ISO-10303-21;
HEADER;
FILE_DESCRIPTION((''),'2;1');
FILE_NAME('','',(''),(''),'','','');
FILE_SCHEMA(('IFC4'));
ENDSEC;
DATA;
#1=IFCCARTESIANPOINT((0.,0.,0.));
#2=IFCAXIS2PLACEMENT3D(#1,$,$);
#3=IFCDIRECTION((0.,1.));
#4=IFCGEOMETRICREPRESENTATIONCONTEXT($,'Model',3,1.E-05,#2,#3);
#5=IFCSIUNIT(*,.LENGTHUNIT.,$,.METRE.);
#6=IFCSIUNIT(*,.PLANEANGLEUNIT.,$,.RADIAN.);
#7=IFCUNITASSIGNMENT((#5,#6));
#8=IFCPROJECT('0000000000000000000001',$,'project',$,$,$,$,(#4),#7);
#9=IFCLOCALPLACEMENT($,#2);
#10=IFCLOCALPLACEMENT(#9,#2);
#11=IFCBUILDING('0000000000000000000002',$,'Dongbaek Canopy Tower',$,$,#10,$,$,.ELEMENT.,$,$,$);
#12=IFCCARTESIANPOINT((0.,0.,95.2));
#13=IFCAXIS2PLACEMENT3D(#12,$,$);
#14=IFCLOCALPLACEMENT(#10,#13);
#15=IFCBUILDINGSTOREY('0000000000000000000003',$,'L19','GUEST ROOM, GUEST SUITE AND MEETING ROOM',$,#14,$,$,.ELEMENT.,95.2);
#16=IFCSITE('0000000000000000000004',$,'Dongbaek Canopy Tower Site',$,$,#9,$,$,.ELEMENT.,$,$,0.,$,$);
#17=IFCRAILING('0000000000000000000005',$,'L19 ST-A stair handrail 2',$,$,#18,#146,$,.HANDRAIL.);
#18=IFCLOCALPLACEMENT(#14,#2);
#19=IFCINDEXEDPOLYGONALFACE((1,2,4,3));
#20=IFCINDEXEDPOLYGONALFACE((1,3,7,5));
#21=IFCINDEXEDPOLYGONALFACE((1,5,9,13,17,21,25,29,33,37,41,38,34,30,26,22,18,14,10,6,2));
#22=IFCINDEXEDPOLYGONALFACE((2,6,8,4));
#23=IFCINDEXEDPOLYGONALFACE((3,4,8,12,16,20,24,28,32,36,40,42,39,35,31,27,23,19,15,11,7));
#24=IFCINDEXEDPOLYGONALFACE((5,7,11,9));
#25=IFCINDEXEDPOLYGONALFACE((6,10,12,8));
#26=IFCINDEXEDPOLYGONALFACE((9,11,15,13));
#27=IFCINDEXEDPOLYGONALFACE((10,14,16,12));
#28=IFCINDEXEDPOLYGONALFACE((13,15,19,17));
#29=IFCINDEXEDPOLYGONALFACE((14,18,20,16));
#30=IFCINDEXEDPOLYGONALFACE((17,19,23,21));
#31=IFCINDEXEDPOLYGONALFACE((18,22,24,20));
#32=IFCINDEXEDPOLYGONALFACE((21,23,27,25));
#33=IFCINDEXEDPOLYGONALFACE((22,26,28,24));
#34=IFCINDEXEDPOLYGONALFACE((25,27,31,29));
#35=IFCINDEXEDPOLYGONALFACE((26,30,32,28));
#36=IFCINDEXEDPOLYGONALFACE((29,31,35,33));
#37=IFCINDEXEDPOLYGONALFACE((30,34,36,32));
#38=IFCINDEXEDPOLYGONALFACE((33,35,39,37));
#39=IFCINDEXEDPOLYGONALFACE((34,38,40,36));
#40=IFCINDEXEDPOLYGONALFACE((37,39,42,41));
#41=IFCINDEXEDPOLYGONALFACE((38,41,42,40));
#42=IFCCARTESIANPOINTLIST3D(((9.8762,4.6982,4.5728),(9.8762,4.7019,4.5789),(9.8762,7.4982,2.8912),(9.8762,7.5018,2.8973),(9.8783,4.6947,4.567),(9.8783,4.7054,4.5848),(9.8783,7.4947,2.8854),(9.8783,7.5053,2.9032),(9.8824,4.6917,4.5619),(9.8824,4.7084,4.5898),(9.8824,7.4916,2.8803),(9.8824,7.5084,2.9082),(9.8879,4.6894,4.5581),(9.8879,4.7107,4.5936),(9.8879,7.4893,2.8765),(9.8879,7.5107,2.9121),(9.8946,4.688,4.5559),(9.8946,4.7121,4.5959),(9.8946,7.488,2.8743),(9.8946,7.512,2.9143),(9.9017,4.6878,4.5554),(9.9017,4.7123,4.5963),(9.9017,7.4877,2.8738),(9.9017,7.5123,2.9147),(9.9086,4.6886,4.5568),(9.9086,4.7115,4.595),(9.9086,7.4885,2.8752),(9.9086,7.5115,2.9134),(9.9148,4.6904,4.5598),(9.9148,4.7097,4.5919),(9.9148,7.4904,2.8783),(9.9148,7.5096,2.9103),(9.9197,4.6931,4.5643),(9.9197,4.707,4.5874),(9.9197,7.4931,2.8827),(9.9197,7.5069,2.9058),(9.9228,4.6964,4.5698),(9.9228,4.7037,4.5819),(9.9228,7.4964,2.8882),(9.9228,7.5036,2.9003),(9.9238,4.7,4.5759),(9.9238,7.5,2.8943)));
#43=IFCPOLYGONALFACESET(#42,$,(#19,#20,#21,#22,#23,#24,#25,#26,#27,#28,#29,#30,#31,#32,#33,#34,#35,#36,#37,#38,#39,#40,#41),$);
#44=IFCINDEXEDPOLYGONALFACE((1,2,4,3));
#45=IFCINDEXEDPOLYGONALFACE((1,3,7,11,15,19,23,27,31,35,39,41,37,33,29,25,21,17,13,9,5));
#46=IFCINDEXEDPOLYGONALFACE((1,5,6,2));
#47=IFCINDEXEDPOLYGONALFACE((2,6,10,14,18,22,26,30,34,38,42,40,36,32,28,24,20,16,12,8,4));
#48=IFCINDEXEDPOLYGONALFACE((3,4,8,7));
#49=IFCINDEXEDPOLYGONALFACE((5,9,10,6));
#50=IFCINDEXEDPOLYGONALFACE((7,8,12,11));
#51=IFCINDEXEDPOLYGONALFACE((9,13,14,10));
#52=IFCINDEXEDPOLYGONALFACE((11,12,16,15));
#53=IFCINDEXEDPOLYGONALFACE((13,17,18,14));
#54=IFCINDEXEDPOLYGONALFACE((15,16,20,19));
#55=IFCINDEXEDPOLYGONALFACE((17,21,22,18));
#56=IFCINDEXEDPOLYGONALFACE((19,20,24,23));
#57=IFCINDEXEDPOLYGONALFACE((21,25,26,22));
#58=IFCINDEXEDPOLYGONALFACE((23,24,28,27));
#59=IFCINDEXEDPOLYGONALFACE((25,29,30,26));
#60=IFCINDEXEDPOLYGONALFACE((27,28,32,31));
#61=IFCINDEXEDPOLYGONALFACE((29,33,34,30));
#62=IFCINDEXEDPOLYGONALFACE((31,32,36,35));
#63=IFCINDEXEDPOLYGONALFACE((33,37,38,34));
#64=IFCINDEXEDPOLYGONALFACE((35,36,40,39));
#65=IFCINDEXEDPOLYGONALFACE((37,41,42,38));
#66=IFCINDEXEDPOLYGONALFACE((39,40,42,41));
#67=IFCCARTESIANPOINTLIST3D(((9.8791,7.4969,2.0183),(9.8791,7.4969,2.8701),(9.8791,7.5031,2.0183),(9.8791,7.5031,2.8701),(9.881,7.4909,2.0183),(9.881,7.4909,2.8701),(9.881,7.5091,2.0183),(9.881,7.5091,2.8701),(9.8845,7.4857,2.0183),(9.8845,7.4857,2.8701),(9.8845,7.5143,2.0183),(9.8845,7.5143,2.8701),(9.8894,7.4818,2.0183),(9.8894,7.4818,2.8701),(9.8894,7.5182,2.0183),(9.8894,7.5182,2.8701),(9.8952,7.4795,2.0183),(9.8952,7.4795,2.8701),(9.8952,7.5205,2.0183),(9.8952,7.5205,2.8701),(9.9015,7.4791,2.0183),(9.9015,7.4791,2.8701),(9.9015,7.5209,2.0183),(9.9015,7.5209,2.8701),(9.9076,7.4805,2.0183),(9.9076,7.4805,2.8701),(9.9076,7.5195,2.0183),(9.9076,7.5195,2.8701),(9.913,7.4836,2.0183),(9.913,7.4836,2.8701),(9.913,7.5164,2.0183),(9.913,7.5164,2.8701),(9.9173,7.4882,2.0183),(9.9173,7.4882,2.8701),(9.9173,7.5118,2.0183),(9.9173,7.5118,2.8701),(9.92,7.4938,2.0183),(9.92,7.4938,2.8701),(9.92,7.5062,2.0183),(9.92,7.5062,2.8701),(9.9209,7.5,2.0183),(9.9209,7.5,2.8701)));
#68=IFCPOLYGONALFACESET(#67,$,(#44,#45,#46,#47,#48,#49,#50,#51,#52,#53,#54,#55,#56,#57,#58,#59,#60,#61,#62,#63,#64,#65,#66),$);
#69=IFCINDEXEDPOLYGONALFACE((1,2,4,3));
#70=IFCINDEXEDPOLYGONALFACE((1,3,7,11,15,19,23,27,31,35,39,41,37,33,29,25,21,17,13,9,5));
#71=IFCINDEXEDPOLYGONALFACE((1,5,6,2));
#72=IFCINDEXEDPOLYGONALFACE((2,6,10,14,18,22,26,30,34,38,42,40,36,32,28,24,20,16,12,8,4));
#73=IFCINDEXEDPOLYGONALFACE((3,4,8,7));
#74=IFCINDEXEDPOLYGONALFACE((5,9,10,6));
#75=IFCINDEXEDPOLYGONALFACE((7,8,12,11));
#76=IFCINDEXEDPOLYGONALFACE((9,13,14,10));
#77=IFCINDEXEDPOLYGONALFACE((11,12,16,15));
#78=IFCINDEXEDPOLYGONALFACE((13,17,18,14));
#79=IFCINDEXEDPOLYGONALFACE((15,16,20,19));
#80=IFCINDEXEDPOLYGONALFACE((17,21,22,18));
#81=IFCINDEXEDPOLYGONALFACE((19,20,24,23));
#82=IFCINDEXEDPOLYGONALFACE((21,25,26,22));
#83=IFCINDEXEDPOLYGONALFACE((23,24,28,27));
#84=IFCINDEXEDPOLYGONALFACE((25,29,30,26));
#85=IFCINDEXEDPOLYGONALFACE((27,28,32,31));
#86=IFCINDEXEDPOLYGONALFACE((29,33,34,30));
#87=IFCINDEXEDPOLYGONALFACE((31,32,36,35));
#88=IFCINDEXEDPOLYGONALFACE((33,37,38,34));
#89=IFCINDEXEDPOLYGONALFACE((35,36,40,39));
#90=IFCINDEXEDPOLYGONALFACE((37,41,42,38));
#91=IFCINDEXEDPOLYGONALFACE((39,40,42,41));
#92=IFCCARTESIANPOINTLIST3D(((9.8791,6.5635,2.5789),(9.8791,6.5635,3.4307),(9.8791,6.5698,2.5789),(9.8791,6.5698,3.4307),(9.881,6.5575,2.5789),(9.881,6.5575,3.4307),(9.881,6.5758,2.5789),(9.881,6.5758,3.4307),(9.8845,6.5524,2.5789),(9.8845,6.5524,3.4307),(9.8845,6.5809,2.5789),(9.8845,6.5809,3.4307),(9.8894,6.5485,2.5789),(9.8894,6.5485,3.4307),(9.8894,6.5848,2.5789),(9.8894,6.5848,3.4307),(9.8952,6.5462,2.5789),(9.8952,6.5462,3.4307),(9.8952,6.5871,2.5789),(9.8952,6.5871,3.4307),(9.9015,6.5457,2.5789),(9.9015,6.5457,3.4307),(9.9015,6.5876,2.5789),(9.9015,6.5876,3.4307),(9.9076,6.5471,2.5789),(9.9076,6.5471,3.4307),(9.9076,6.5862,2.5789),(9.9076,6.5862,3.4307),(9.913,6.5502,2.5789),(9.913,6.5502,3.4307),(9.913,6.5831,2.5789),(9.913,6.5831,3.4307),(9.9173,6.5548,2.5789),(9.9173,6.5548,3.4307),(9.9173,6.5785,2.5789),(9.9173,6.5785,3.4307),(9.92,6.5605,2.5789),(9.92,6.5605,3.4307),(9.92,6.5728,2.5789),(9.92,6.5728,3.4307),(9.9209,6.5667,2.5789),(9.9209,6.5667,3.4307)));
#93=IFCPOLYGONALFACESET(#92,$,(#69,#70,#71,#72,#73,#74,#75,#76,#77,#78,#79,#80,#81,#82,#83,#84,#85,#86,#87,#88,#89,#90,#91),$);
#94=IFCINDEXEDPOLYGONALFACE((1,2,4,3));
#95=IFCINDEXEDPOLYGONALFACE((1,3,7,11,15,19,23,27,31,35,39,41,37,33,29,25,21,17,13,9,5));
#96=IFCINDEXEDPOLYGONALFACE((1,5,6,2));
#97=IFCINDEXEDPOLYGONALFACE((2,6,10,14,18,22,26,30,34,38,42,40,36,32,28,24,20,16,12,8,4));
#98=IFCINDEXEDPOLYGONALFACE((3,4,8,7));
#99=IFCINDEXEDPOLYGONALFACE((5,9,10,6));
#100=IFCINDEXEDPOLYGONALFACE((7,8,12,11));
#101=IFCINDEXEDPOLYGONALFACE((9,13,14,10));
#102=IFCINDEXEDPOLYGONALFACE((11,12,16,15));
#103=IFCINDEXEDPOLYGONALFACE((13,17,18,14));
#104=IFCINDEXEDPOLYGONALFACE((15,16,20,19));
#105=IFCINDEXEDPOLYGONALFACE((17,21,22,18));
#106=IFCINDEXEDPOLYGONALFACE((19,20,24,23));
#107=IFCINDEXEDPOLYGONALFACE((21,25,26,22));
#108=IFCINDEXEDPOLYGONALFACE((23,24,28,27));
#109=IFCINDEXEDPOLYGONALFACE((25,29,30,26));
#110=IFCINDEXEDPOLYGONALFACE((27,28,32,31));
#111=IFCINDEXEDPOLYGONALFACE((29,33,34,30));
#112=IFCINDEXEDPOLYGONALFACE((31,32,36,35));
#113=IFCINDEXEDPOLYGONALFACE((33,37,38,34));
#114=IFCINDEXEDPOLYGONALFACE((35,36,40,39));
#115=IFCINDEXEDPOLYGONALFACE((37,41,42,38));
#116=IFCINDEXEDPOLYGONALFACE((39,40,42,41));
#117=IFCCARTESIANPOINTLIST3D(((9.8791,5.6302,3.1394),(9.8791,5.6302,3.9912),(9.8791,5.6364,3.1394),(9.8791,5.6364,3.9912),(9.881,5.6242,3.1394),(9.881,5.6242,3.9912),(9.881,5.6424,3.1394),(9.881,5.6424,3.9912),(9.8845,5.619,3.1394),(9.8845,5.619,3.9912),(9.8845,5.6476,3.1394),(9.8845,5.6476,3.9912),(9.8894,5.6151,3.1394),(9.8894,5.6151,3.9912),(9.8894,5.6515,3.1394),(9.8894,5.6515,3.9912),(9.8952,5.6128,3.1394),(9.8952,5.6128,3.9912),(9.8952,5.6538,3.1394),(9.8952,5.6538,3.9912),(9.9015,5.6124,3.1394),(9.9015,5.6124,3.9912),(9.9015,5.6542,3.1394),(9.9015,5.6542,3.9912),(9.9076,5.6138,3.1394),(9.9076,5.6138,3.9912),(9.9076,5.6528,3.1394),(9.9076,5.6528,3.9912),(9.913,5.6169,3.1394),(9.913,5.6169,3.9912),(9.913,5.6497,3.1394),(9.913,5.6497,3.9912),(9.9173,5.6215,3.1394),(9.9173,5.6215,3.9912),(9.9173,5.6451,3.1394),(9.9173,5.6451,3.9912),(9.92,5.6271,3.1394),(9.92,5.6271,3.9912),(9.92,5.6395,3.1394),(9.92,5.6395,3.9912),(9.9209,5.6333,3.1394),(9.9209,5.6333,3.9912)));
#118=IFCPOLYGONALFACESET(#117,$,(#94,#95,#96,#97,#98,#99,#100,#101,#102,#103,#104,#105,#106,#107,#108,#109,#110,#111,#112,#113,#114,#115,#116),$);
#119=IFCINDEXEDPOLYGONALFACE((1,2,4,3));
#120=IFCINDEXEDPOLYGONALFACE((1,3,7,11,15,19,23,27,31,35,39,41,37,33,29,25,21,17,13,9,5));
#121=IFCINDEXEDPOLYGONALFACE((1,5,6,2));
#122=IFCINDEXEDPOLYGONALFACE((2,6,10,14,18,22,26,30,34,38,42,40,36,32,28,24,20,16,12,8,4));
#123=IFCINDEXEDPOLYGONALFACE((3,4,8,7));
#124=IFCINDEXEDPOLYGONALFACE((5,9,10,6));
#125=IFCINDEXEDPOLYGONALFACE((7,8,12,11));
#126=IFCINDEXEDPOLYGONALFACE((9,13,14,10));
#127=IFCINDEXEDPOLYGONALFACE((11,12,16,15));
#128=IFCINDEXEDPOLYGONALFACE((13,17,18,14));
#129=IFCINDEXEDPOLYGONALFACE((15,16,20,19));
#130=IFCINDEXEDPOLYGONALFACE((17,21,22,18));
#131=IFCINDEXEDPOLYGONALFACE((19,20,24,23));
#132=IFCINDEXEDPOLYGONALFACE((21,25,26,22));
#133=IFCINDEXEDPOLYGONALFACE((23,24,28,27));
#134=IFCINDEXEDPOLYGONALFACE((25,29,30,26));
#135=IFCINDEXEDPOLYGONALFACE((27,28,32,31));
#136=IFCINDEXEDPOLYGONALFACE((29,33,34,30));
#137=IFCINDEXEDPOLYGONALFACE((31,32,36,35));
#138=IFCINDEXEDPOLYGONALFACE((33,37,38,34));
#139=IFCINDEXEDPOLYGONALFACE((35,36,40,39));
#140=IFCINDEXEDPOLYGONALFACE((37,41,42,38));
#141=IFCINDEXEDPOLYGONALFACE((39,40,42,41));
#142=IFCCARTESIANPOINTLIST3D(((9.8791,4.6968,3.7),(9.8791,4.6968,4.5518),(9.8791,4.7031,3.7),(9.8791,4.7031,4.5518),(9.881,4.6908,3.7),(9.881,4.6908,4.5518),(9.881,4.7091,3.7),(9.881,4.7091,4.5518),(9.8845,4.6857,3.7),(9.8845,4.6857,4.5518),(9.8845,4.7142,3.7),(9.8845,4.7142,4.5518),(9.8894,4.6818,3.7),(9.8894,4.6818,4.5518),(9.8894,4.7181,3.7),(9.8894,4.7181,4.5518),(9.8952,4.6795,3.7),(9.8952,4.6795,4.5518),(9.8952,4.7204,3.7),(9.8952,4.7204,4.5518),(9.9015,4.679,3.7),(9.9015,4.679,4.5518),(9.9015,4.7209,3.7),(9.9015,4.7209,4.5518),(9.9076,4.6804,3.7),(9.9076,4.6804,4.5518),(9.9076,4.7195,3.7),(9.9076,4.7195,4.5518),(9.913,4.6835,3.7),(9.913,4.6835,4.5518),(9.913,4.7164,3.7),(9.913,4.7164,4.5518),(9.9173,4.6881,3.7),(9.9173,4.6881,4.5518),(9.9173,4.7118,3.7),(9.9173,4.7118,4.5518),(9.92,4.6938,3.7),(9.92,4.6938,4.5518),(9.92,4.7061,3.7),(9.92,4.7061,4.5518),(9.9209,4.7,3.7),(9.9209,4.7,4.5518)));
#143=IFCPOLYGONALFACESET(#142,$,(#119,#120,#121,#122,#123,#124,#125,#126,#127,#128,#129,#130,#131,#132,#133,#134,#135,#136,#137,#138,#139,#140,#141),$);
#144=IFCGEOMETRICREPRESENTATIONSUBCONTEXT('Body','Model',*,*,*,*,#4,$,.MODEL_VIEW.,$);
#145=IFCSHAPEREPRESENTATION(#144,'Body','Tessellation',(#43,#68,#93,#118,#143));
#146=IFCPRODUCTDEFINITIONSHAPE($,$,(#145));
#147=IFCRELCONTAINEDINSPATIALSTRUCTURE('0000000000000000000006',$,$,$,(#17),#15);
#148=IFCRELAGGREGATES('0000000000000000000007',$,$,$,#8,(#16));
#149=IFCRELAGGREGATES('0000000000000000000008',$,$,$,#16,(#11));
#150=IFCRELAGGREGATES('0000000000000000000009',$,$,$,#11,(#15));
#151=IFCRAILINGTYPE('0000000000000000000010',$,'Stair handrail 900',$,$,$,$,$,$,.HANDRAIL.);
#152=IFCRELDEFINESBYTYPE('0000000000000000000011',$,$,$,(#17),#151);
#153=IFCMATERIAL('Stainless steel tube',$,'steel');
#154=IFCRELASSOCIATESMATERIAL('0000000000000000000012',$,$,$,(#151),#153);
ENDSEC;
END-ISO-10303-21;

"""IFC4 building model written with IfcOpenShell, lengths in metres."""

from ifc_helpers import new_model, si_unit, direction, frame, origin, origin_2d, place, context, subcontext, project, spatial, circle, extrude, material, type_object, element, save


model = new_model("IFC4")

# Units and contexts
model_context = context("Model", 3, precision=1e-05, world=origin(), true_north=direction((0.0, 1.0)))
body_context = subcontext(model_context, "Body", "Model", "MODEL_VIEW")
ifc_project = project(units=[si_unit("LENGTHUNIT", "METRE"), si_unit("PLANEANGLEUNIT", "RADIAN")], contexts=[model_context])

# Site, building, storey
site_placement = place(None, origin())
site = spatial("IfcSite", under=ifc_project, at=site_placement, Name="Dongbaek Canopy Tower Site", CompositionType="ELEMENT", RefElevation=0.0)
building_placement = place(site_placement, origin())
building = spatial("IfcBuilding", under=site, at=building_placement, Name="Dongbaek Canopy Tower", CompositionType="ELEMENT")
storey_placement = place(building_placement, frame((0.0, 0.0, 95.2)))
storey = spatial("IfcBuildingStorey", under=building, at=storey_placement, Name="L19", Description="GUEST ROOM, GUEST SUITE AND MEETING ROOM", CompositionType="ELEMENT", Elevation=95.2)

# Railing
ifc_material_1 = material(Name="Stainless steel tube", Category="steel")
railing_type_1 = type_object("IfcRailingType", Name="Stair handrail 900", PredefinedType="HANDRAIL", material=ifc_material_1)
railing_1_placement = place(storey_placement, frame((9.8999, 7.5, 2.0183)))
element("IfcRailing", 1, at=railing_1_placement, inside=storey, type_object=railing_type_1, Name="L19 ST-A stair handrail 2", PredefinedType="HANDRAIL", context=body_context, shape_type="SweptSolid", body=[
    extrude(circle(Radius=0.0239, at=origin_2d()), frame((0.0, 0.0, 0.876), z_axis=(0.0, -0.857275, 0.514858), x_axis=(1.0, 0.0, 0.0)), (0.0, 0.0, 1.0), 3.2661),
    extrude(circle(Radius=0.021, at=origin_2d()), origin(), (0.0, 0.0, 1.0), 0.8518),
    extrude(circle(Radius=0.021, at=origin_2d()), frame((0.0, -0.9333, 0.5605)), (0.0, 0.0, 1.0), 0.8518),
    extrude(circle(Radius=0.021, at=origin_2d()), frame((0.0, -1.8667, 1.1211)), (0.0, 0.0, 1.0), 0.8518),
    extrude(circle(Radius=0.021, at=origin_2d()), frame((0.0, -2.8, 1.6816)), (0.0, 0.0, 1.0), 0.8518),
])

save(model, "model.ifc")
